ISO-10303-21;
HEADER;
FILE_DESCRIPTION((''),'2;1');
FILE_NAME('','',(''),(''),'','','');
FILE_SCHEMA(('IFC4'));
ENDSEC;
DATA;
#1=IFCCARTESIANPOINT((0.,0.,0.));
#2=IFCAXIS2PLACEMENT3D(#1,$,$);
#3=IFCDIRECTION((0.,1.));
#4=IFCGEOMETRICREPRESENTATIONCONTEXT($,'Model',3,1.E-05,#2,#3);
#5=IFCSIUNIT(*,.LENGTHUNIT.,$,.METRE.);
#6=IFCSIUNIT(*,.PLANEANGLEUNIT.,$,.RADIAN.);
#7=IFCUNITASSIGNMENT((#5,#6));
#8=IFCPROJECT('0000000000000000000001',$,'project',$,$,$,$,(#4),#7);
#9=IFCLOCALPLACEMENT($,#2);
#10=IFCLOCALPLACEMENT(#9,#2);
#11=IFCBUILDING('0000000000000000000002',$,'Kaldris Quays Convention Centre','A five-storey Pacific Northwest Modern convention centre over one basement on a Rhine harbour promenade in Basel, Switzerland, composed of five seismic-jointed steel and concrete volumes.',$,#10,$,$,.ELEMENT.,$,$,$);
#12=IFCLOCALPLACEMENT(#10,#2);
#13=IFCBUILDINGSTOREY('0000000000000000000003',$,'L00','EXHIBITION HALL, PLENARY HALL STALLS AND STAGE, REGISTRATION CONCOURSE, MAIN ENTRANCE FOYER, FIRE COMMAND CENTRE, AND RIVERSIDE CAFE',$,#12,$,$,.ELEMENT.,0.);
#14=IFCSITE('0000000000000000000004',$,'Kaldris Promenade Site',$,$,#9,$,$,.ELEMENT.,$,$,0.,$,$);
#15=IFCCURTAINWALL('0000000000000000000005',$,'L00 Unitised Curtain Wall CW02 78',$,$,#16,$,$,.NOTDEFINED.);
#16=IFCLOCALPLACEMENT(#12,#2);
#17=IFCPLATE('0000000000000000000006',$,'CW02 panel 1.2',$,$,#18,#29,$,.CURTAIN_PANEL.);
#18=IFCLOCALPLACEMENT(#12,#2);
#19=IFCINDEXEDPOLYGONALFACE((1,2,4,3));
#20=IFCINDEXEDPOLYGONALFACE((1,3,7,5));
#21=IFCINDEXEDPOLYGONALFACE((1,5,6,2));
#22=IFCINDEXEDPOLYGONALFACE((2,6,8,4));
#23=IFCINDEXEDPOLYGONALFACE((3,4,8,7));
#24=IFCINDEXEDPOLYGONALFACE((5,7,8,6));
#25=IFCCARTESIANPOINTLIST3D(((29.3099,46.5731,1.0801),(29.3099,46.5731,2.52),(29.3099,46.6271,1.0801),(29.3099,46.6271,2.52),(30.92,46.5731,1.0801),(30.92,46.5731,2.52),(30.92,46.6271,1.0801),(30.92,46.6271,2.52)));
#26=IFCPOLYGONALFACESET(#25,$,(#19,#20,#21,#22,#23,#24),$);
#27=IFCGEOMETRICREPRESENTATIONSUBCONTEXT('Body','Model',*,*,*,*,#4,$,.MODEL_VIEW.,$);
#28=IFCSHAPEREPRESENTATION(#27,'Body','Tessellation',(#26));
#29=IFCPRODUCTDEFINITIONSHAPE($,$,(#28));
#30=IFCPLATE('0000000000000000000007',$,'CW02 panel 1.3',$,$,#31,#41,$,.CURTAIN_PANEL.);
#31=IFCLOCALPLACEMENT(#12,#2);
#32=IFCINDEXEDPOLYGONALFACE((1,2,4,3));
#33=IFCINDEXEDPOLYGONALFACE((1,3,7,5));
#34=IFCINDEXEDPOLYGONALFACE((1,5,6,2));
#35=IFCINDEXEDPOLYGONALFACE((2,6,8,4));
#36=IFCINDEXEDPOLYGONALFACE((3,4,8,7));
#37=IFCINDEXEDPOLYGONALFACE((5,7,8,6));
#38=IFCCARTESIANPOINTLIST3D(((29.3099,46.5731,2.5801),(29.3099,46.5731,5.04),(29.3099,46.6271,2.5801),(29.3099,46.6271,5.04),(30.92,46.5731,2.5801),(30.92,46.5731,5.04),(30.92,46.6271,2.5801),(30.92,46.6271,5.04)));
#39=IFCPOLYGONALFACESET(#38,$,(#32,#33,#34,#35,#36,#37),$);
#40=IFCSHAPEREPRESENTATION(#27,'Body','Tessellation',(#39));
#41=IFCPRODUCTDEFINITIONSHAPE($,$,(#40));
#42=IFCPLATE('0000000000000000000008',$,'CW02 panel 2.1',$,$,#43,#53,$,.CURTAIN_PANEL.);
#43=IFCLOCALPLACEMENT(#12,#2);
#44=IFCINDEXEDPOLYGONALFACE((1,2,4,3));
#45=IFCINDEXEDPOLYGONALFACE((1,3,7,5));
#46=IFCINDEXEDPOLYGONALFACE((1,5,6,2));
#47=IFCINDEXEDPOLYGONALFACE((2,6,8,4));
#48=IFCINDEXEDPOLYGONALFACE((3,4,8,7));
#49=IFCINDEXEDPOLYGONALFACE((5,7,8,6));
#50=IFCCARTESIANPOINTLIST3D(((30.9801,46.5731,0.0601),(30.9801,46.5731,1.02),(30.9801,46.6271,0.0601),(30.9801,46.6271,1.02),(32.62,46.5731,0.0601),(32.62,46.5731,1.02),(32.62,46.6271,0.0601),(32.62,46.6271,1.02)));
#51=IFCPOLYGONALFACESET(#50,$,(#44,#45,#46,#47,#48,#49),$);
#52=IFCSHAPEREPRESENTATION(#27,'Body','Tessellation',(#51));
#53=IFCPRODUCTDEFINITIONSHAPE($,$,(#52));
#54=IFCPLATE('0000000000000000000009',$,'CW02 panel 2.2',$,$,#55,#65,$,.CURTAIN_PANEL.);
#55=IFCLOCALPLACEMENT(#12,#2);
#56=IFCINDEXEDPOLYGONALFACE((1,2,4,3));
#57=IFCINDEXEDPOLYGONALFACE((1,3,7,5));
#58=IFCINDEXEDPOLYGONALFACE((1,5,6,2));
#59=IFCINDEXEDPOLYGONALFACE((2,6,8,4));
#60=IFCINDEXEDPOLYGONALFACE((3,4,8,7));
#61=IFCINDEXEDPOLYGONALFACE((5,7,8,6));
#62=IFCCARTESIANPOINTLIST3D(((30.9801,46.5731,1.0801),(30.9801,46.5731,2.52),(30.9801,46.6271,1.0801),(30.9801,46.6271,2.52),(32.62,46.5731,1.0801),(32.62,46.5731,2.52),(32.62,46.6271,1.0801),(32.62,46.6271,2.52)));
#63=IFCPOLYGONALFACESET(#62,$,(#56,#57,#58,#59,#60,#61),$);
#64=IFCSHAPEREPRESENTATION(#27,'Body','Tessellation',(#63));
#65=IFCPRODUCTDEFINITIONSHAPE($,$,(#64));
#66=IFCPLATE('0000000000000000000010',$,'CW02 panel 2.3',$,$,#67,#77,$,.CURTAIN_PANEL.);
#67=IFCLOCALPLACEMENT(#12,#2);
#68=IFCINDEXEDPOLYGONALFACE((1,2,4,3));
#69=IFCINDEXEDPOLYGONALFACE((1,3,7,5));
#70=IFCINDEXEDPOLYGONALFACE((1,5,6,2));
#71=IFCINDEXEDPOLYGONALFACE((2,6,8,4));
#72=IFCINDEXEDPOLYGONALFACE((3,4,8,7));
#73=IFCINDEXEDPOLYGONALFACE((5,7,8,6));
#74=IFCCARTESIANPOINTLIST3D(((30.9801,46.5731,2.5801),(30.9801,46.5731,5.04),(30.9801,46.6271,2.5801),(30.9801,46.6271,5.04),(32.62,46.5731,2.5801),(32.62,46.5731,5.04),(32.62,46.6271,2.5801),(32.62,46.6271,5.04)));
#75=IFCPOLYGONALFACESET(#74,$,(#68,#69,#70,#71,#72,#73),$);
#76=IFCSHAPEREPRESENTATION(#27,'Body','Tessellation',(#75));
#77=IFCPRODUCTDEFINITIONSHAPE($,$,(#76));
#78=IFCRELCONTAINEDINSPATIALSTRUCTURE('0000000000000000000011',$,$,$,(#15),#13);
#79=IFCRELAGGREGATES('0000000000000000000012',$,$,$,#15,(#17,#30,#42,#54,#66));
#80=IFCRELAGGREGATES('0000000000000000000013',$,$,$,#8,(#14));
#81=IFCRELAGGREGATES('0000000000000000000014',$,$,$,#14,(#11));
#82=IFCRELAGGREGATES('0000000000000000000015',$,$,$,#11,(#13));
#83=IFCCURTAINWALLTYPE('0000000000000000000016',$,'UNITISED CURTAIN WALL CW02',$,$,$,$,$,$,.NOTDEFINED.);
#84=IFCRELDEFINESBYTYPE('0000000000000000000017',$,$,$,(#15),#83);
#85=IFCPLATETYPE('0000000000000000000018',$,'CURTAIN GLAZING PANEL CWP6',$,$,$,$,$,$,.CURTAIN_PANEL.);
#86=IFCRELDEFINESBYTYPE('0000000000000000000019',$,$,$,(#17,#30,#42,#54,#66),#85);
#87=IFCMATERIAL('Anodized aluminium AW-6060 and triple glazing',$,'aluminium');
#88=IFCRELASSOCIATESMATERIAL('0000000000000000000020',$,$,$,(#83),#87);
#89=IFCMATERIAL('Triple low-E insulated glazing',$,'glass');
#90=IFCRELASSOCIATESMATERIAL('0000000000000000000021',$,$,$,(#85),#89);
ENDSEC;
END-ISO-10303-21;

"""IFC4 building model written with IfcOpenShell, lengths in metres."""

from ifc_helpers import new_model, si_unit, direction, frame, origin, origin_2d, place, context, subcontext, project, spatial, rectangle, extrude, material, type_object, element, aggregate, save


model = new_model("IFC4")

# Units and contexts
model_context = context("Model", 3, precision=1e-05, world=origin(), true_north=direction((0.0, 1.0)))
body_context = subcontext(model_context, "Body", "Model", "MODEL_VIEW")
ifc_project = project(units=[si_unit("LENGTHUNIT", "METRE"), si_unit("PLANEANGLEUNIT", "RADIAN")], contexts=[model_context])

# Site, building, storey
site_placement = place(None, origin())
site = spatial("IfcSite", under=ifc_project, at=site_placement, Name="Kaldris Promenade Site", CompositionType="ELEMENT", RefElevation=0.0)
building_placement = place(site_placement, origin())
building = spatial("IfcBuilding", under=site, at=building_placement, Name="Kaldris Quays Convention Centre", Description="A five-storey Pacific Northwest Modern convention centre over one basement on a Rhine harbour promenade in Basel, Switzerland, composed of five seismic-jointed steel and concrete volumes.", CompositionType="ELEMENT")
storey_placement = place(building_placement, origin())
storey = spatial("IfcBuildingStorey", under=building, at=storey_placement, Name="L00", Description="EXHIBITION HALL, PLENARY HALL STALLS AND STAGE, REGISTRATION CONCOURSE, MAIN ENTRANCE FOYER, FIRE COMMAND CENTRE, AND RIVERSIDE CAFE", CompositionType="ELEMENT", Elevation=0.0)

# Curtain wall
ifc_material_1 = material(Name="Anodized aluminium AW-6060 and triple glazing", Category="aluminium")
curtain_wall_type = type_object("IfcCurtainWallType", Name="UNITISED CURTAIN WALL CW02", PredefinedType="NOTDEFINED", material=ifc_material_1)
curtain_wall_placement = place(storey_placement, origin())
curtain_wall = element("IfcCurtainWall", 1, at=curtain_wall_placement, inside=storey, type_object=curtain_wall_type, Name="L00 Unitised Curtain Wall CW02 78", PredefinedType="NOTDEFINED")

# Plates
ifc_material_2 = material(Name="Triple low-E insulated glazing", Category="glass")
plate_type = type_object("IfcPlateType", Name="CURTAIN GLAZING PANEL CWP6", PredefinedType="CURTAIN_PANEL", material=ifc_material_2)
plate_1_placement = place(storey_placement, frame((30.115, 46.6001, 1.0801), z_axis=(0.0, 0.0, 1.0), x_axis=(1.0, 0.0, 0.0)))
plate_1 = element("IfcPlate", 2, at=plate_1_placement, type_object=plate_type, Name="CW02 panel 1.2", PredefinedType="CURTAIN_PANEL", context=body_context, shape_type="SweptSolid", body=[
    extrude(rectangle(XDim=1.6101, YDim=0.054, at=origin_2d()), origin(), (0.0, 0.0, 1.0), 1.4399),
])
plate_2_placement = place(storey_placement, frame((30.115, 46.6001, 2.5801), z_axis=(0.0, 0.0, 1.0), x_axis=(1.0, 0.0, 0.0)))
plate_2 = element("IfcPlate", 3, at=plate_2_placement, type_object=plate_type, Name="CW02 panel 1.3", PredefinedType="CURTAIN_PANEL", context=body_context, shape_type="SweptSolid", body=[
    extrude(rectangle(XDim=1.6101, YDim=0.054, at=origin_2d()), origin(), (0.0, 0.0, 1.0), 2.46),
])
plate_3_placement = place(storey_placement, frame((31.8, 46.6001, 0.0601), z_axis=(0.0, 0.0, 1.0), x_axis=(1.0, 0.0, 0.0)))
plate_3 = element("IfcPlate", 4, at=plate_3_placement, type_object=plate_type, Name="CW02 panel 2.1", PredefinedType="CURTAIN_PANEL", context=body_context, shape_type="SweptSolid", body=[
    extrude(rectangle(XDim=1.6399, YDim=0.054, at=origin_2d()), origin(), (0.0, 0.0, 1.0), 0.96),
])
plate_4_placement = place(storey_placement, frame((31.8, 46.6001, 1.0801), z_axis=(0.0, 0.0, 1.0), x_axis=(1.0, 0.0, 0.0)))
plate_4 = element("IfcPlate", 5, at=plate_4_placement, type_object=plate_type, Name="CW02 panel 2.2", PredefinedType="CURTAIN_PANEL", context=body_context, shape_type="SweptSolid", body=[
    extrude(rectangle(XDim=1.6399, YDim=0.054, at=origin_2d()), origin(), (0.0, 0.0, 1.0), 1.4399),
])
plate_5_placement = place(storey_placement, frame((31.8, 46.6001, 2.5801), z_axis=(0.0, 0.0, 1.0), x_axis=(1.0, 0.0, 0.0)))
plate_5 = element("IfcPlate", 6, at=plate_5_placement, type_object=plate_type, Name="CW02 panel 2.3", PredefinedType="CURTAIN_PANEL", context=body_context, shape_type="SweptSolid", body=[
    extrude(rectangle(XDim=1.6399, YDim=0.054, at=origin_2d()), origin(), (0.0, 0.0, 1.0), 2.46),
])
aggregate(curtain_wall, [plate_1, plate_2, plate_3, plate_4, plate_5])

save(model, "model.ifc")
